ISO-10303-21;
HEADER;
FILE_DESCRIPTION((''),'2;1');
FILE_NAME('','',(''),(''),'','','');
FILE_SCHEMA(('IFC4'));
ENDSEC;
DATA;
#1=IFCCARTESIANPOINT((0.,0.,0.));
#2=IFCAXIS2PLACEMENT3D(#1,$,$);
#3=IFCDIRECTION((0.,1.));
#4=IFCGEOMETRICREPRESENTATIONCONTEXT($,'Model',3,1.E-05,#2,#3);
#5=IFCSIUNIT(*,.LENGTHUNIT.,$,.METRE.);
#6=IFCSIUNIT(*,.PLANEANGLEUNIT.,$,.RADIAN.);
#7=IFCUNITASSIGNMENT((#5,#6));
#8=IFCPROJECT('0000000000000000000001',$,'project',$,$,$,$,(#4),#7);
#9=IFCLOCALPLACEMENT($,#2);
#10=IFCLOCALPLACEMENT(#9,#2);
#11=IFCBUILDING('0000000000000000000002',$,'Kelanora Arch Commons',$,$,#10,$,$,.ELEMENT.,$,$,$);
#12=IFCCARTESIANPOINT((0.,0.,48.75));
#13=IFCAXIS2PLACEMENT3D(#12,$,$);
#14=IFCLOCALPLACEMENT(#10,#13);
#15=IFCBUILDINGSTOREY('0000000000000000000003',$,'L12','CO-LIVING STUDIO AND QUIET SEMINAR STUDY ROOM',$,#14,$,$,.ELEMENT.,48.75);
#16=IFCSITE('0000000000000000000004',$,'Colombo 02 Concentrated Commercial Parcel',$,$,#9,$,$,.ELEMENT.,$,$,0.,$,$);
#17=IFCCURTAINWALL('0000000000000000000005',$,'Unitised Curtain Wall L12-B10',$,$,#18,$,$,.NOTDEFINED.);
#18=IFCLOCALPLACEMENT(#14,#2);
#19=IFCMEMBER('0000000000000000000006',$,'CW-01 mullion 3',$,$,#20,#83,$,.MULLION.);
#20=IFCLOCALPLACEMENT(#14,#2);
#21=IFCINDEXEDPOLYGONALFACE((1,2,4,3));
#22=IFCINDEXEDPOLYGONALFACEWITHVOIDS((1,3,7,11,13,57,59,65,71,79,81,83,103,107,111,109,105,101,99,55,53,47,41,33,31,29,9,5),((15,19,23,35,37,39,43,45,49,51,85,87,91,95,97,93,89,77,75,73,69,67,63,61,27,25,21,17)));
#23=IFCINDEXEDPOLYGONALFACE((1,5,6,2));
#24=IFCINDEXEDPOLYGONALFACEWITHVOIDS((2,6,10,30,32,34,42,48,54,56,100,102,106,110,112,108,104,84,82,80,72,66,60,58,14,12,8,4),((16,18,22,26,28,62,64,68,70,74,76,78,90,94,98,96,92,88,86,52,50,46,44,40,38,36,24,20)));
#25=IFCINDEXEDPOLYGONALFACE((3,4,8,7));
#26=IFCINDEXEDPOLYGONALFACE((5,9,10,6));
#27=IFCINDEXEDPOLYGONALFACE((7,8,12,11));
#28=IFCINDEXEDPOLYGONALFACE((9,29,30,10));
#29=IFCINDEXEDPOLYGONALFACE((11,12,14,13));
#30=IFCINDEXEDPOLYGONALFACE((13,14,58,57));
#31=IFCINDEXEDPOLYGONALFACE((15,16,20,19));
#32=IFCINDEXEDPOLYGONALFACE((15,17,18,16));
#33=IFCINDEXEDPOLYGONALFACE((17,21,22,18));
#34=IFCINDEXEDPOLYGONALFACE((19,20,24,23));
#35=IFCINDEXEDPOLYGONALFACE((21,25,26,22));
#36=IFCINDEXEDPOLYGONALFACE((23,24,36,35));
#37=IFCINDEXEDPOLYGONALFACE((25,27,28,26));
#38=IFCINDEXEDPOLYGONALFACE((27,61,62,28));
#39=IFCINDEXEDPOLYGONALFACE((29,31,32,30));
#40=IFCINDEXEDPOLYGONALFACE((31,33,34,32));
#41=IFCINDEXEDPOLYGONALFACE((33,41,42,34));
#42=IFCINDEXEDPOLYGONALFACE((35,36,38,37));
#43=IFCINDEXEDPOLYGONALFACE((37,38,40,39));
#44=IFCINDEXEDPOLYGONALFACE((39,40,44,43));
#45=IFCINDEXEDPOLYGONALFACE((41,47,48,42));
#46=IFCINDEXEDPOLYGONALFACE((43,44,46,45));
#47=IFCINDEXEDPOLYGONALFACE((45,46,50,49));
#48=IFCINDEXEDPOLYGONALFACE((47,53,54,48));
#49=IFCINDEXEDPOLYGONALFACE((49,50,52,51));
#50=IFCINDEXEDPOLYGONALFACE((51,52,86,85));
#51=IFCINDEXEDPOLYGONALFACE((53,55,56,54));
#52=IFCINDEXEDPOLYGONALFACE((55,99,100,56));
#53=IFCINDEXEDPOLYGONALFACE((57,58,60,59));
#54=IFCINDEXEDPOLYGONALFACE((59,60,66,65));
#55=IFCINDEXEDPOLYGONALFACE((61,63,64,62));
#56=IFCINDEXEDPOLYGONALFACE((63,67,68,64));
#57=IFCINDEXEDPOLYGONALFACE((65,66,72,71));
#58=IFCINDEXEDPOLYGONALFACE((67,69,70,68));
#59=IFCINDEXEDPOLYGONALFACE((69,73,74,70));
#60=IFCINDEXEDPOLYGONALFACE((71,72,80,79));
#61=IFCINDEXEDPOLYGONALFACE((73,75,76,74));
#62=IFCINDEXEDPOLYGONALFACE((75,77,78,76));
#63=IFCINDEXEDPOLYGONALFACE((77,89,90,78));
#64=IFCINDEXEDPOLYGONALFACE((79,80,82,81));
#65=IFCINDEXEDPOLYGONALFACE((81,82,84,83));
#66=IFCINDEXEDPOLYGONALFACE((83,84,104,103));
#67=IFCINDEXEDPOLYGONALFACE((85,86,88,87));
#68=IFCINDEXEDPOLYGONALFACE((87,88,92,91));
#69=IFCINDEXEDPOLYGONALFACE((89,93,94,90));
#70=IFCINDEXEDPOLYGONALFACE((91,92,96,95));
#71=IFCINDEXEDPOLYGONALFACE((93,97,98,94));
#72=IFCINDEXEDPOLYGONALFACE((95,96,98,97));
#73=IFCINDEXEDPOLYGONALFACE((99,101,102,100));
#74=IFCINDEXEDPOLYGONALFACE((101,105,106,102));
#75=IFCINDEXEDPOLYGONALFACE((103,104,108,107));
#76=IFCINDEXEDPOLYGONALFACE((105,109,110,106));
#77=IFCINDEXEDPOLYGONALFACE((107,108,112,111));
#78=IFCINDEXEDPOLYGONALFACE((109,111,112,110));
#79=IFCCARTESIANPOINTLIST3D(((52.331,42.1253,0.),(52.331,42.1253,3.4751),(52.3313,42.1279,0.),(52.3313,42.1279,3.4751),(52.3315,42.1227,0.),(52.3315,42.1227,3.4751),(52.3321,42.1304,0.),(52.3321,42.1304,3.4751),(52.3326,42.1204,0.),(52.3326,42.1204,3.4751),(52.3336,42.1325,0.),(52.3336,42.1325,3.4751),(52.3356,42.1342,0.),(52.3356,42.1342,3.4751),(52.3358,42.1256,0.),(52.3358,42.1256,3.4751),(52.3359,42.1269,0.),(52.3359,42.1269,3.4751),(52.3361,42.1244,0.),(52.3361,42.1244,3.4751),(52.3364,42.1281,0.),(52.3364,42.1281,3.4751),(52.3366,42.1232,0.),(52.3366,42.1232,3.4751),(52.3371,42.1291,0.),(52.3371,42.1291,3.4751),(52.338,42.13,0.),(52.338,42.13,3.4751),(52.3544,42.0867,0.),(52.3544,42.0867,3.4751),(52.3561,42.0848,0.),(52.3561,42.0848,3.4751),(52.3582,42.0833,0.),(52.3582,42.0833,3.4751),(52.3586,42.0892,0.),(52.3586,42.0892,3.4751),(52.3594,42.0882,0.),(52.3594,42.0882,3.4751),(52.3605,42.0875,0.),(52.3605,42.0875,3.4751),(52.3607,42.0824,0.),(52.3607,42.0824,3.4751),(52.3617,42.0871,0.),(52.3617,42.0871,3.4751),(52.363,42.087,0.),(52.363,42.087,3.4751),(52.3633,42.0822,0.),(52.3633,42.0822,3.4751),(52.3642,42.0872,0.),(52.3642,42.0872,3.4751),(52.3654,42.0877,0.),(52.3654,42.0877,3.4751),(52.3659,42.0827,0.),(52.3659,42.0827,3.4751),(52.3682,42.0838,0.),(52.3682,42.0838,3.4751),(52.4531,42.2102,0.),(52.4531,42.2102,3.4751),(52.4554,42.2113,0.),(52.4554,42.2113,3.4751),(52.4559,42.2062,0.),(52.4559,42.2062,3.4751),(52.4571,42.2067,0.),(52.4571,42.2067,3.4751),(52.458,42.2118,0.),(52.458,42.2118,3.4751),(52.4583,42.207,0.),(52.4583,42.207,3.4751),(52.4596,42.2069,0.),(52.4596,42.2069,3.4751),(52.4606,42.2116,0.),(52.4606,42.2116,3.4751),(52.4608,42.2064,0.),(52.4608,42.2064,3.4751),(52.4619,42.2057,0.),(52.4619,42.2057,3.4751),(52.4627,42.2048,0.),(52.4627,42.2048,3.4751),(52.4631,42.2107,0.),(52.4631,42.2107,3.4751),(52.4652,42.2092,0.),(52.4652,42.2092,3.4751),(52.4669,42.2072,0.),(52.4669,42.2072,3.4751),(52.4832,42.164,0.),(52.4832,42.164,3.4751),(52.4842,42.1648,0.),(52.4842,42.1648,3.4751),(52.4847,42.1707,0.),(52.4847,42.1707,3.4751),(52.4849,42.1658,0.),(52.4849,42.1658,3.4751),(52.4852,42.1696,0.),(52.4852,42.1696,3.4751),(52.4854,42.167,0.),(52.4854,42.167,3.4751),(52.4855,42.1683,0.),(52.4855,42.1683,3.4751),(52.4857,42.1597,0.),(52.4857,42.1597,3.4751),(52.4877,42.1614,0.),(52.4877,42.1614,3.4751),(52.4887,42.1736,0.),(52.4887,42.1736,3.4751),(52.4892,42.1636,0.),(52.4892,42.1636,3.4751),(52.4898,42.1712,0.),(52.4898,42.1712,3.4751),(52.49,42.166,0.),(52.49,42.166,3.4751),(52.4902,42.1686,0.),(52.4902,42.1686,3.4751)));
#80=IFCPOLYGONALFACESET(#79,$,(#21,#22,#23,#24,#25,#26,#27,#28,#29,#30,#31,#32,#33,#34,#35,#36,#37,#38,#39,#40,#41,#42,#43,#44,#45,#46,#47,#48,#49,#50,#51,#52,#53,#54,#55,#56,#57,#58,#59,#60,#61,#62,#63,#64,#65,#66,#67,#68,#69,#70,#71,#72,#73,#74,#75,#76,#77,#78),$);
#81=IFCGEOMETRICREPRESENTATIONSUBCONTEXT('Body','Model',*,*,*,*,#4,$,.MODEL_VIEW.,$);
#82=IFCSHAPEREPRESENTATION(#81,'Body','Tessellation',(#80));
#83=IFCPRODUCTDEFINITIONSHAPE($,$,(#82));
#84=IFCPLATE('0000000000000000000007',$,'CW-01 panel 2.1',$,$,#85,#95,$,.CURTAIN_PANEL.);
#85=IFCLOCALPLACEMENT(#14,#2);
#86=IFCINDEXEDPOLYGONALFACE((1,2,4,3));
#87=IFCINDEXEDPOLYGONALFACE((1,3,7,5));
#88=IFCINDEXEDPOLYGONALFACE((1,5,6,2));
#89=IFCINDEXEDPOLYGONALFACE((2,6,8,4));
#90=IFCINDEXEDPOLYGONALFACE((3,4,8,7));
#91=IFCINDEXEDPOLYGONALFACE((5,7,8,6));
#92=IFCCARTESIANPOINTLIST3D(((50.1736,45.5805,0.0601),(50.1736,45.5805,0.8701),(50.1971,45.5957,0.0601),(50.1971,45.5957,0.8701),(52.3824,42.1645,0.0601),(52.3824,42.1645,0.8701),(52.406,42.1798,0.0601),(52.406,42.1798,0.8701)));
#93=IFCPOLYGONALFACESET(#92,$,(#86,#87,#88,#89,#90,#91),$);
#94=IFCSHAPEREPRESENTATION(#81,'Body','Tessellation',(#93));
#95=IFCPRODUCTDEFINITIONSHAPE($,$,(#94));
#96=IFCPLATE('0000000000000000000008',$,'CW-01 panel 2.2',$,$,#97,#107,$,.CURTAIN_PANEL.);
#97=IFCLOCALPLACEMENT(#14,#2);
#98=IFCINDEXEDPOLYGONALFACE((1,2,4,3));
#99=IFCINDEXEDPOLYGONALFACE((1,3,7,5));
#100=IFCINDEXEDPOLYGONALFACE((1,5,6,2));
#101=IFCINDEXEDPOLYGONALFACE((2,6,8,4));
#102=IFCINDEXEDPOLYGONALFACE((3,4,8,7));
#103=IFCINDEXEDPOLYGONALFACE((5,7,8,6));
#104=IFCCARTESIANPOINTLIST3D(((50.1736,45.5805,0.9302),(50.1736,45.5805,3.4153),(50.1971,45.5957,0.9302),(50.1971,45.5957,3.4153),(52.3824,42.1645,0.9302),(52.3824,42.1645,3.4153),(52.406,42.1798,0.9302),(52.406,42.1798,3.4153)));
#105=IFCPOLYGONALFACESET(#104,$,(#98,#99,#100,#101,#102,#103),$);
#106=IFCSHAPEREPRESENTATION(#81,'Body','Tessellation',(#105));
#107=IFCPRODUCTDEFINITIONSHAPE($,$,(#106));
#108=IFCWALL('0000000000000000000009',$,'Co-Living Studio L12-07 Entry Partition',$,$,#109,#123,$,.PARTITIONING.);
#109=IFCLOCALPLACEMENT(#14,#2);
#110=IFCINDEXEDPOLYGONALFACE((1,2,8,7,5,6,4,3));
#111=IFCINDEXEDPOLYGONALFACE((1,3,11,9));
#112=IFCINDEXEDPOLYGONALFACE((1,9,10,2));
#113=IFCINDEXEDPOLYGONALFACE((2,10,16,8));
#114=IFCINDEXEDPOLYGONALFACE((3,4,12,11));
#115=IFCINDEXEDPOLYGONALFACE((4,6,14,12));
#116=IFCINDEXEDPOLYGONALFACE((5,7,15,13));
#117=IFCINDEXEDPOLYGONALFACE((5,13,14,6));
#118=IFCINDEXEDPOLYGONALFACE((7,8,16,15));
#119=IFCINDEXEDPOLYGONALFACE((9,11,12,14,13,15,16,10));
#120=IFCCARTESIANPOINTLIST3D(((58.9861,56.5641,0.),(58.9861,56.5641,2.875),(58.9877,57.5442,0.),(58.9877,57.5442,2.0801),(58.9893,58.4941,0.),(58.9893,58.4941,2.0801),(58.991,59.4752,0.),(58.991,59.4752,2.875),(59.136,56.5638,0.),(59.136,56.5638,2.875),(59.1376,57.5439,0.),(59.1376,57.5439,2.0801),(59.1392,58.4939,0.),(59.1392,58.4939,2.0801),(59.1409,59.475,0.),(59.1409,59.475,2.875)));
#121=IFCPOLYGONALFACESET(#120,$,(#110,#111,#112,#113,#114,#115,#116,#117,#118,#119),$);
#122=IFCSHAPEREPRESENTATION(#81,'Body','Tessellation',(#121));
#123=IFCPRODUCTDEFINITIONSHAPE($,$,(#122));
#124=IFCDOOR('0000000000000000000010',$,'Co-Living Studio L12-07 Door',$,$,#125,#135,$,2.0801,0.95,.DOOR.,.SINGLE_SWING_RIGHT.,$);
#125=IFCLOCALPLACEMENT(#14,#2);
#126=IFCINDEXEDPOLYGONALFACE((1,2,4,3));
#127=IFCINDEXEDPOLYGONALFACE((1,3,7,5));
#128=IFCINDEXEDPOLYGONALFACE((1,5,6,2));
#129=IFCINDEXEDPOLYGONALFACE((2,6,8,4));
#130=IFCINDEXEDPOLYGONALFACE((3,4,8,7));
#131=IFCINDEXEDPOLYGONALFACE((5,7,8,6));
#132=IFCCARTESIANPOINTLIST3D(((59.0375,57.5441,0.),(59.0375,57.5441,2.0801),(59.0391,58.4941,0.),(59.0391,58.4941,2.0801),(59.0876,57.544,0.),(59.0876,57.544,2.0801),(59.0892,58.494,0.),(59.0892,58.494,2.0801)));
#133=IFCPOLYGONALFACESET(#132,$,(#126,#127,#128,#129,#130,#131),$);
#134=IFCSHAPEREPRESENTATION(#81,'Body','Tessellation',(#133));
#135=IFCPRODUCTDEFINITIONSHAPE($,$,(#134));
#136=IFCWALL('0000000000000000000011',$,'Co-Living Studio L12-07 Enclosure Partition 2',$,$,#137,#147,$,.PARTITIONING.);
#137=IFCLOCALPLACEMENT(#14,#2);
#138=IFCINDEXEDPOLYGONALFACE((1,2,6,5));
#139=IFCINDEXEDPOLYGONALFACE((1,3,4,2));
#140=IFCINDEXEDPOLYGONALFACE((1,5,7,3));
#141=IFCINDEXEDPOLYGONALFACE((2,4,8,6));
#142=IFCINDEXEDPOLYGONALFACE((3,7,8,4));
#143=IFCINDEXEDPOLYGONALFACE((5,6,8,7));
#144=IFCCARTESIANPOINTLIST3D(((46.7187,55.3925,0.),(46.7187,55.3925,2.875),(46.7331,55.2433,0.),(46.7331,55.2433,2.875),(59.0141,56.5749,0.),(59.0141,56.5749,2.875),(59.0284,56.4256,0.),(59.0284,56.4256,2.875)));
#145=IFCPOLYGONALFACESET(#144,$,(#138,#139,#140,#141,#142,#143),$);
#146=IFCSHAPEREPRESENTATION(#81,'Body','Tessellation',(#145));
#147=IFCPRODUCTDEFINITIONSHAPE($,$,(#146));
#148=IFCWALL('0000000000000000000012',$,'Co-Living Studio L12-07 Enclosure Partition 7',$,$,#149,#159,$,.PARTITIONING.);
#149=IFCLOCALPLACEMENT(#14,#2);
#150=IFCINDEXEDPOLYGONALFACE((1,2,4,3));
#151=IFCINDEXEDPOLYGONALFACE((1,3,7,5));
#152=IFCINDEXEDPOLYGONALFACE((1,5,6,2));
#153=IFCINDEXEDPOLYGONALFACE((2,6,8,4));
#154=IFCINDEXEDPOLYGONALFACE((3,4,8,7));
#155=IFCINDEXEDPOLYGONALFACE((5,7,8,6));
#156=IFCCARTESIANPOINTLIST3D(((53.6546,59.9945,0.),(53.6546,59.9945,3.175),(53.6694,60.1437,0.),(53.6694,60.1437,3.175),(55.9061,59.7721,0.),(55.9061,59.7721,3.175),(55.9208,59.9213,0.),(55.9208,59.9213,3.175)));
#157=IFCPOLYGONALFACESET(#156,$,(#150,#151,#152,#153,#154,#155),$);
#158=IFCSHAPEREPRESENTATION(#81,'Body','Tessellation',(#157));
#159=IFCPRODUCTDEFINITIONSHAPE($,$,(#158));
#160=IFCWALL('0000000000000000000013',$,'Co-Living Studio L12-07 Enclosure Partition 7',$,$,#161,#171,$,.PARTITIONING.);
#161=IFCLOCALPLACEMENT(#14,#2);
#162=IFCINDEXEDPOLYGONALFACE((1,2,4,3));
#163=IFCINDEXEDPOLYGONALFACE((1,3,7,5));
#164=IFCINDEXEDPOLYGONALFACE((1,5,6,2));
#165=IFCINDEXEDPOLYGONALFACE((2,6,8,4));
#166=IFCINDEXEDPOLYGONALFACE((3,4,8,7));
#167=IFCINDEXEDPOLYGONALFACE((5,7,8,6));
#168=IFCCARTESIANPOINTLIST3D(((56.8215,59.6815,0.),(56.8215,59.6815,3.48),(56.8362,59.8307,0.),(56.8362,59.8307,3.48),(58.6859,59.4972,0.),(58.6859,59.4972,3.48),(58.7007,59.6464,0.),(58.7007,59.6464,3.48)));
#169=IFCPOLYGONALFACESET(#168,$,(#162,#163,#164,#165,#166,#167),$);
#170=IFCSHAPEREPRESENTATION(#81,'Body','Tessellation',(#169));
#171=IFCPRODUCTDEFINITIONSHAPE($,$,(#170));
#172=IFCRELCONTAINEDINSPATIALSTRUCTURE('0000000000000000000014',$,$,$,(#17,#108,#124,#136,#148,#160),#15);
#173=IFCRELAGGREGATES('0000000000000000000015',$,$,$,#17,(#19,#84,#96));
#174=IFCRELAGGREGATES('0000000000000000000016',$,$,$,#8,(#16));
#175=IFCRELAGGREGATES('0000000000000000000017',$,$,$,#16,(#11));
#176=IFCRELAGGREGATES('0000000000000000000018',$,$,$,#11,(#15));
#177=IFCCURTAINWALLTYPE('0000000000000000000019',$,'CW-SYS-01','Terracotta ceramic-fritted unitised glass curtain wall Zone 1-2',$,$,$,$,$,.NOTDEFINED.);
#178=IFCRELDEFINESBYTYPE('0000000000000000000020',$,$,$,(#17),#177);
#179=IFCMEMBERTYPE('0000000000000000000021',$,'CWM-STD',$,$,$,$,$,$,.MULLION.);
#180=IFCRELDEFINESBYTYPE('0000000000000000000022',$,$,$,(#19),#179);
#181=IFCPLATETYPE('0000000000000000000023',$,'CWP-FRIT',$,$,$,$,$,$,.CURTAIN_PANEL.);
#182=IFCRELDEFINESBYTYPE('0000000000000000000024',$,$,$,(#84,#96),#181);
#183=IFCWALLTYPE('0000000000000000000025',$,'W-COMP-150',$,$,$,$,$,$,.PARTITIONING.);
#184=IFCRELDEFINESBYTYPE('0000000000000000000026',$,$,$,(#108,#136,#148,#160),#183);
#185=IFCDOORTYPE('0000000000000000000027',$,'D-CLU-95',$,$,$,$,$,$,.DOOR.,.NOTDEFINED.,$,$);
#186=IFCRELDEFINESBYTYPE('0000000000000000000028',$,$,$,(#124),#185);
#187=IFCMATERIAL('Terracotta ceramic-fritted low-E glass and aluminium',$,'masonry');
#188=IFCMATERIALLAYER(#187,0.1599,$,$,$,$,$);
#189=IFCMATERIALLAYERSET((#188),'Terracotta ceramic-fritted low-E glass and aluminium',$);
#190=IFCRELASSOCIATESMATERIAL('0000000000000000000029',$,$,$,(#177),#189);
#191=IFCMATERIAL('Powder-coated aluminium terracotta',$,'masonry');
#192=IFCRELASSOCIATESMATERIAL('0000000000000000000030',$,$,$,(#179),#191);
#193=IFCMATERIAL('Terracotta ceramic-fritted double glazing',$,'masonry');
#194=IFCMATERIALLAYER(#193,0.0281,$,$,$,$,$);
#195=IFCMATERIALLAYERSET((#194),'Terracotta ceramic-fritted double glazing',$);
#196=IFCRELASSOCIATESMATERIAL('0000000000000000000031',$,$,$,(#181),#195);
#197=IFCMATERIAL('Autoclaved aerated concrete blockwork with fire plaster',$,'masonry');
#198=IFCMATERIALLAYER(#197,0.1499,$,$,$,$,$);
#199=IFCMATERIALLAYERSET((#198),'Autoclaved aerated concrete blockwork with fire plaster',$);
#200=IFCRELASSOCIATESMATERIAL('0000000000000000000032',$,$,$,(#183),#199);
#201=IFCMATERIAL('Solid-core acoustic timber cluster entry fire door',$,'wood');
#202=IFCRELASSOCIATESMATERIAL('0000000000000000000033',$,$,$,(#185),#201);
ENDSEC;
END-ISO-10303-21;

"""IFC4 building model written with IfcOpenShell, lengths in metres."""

from ifc_helpers import new_model, si_unit, direction, frame, frame_2d, origin, origin_2d, place, context, subcontext, project, spatial, rectangle, hollow_rectangle, extrude, source, transform, mapped, material, layer, layer_set, material_profile, profile_set, type_object, element, fill, aggregate, save


model = new_model("IFC4")

# Units and contexts
model_context = context("Model", 3, precision=1e-05, world=origin(), true_north=direction((0.0, 1.0)))
body_context = subcontext(model_context, "Body", "Model", "MODEL_VIEW")
ifc_project = project(units=[si_unit("LENGTHUNIT", "METRE"), si_unit("PLANEANGLEUNIT", "RADIAN")], contexts=[model_context])

# Site, building, storey
site_placement = place(None, origin())
site = spatial("IfcSite", under=ifc_project, at=site_placement, Name="Colombo 02 Concentrated Commercial Parcel", CompositionType="ELEMENT", RefElevation=0.0)
building_placement = place(site_placement, origin())
building = spatial("IfcBuilding", under=site, at=building_placement, Name="Kelanora Arch Commons", CompositionType="ELEMENT")
storey_placement = place(building_placement, frame((0.0, 0.0, 48.75)))
storey = spatial("IfcBuildingStorey", under=building, at=storey_placement, Name="L12", Description="CO-LIVING STUDIO AND QUIET SEMINAR STUDY ROOM", CompositionType="ELEMENT", Elevation=48.75)

# Curtain wall, member, plates
ifc_material_1 = material(Name="Terracotta ceramic-fritted low-E glass and aluminium", Category="masonry")
ifc_layer_1 = layer(ifc_material_1, 0.1599)
ifc_layer_set_1 = layer_set([ifc_layer_1], Name="Terracotta ceramic-fritted low-E glass and aluminium")
curtain_wall_type = type_object("IfcCurtainWallType", Name="CW-SYS-01", Description="Terracotta ceramic-fritted unitised glass curtain wall Zone 1-2", PredefinedType="NOTDEFINED", material=ifc_layer_set_1)
curtain_wall_placement = place(storey_placement, origin())
curtain_wall = element("IfcCurtainWall", 1, at=curtain_wall_placement, inside=storey, type_object=curtain_wall_type, Name="Unitised Curtain Wall L12-B10", PredefinedType="NOTDEFINED")
ifc_material_2 = material(Name="Powder-coated aluminium terracotta", Category="masonry")
ifc_material_profile_1 = material_profile(ifc_material_2, hollow_rectangle(XDim=0.1599, YDim=0.0601, WallThickness=0.0049, InnerFilletRadius=0.0049, OuterFilletRadius=0.01, at=origin_2d()), Name="CWM160x60")
ifc_profile_set_1 = profile_set([ifc_material_profile_1], Name="Powder-coated aluminium terracotta")
member_type = type_object("IfcMemberType", Name="CWM-STD", PredefinedType="MULLION", material=ifc_profile_set_1)
member_placement = place(storey_placement, frame((52.4106, 42.147, 0.0), z_axis=(0.0, 0.0, 1.0), x_axis=(0.83973, 0.543004, 0.0)))
member = element("IfcMember", 2, at=member_placement, type_object=member_type, Name="CW-01 mullion 3", PredefinedType="MULLION", context=body_context, shape_type="SweptSolid", body=[
    extrude(hollow_rectangle(XDim=0.1599, YDim=0.0601, WallThickness=0.0049, InnerFilletRadius=0.0049, OuterFilletRadius=0.01, at=origin_2d()), origin(), (0.0, 0.0, 1.0), 3.4751),
])
ifc_material_3 = material(Name="Terracotta ceramic-fritted double glazing", Category="masonry")
ifc_layer_2 = layer(ifc_material_3, 0.0281)
ifc_layer_set_2 = layer_set([ifc_layer_2], Name="Terracotta ceramic-fritted double glazing")
plate_type = type_object("IfcPlateType", Name="CWP-FRIT", PredefinedType="CURTAIN_PANEL", material=ifc_layer_set_2)
shared_shape_1 = source(origin(), body_context, "Body", "SweptSolid", [
    extrude(rectangle(XDim=4.0679, YDim=0.0281, at=origin_2d()), origin(), (0.0, 0.0, 1.0), 0.8101),
])
plate_1_placement = place(storey_placement, frame((51.2898, 43.8801, 0.0601), z_axis=(0.0, 0.0, 1.0), x_axis=(0.543004, -0.83973, 0.0)))
plate_1 = element("IfcPlate", 3, at=plate_1_placement, type_object=plate_type, Name="CW-01 panel 2.1", PredefinedType="CURTAIN_PANEL", context=body_context, shape_type="MappedRepresentation", body=[
    mapped(shared_shape_1, transform((0.0, 0.0, 0.0), scale=1.0)),
])
shared_shape_2 = source(origin(), body_context, "Body", "SweptSolid", [
    extrude(rectangle(XDim=4.0679, YDim=0.0281, at=origin_2d()), origin(), (0.0, 0.0, 1.0), 2.4851),
])
plate_2_placement = place(storey_placement, frame((51.2898, 43.8801, 0.9302), z_axis=(0.0, 0.0, 1.0), x_axis=(0.543004, -0.83973, 0.0)))
plate_2 = element("IfcPlate", 4, at=plate_2_placement, type_object=plate_type, Name="CW-01 panel 2.2", PredefinedType="CURTAIN_PANEL", context=body_context, shape_type="MappedRepresentation", body=[
    mapped(shared_shape_2, transform((0.0, 0.0, 0.0), scale=1.0)),
])
aggregate(curtain_wall, [member, plate_1, plate_2])

# Wall, opening, door
ifc_material_4 = material(Name="Autoclaved aerated concrete blockwork with fire plaster", Category="masonry")
ifc_layer_3 = layer(ifc_material_4, 0.1499)
ifc_layer_set_3 = layer_set([ifc_layer_3], Name="Autoclaved aerated concrete blockwork with fire plaster")
wall_type_1 = type_object("IfcWallType", Name="W-COMP-150", PredefinedType="PARTITIONING", material=ifc_layer_set_3)
wall_1_placement = place(storey_placement, frame((59.0659, 59.4751, 0.0), z_axis=(0.0, 0.0, 1.0), x_axis=(-0.001677, -0.999999, 0.0)))
wall_1 = element("IfcWall", 5, at=wall_1_placement, inside=storey, type_object=wall_type_1, Name="Co-Living Studio L12-07 Entry Partition", PredefinedType="PARTITIONING", context=body_context, shape_type="SweptSolid", body=[
    extrude(rectangle(XDim=2.9111, YDim=0.1499, at=frame_2d((1.4556, 0.0))), origin(), (0.0, 0.0, 1.0), 2.875),
])
opening_1_placement = place(wall_1_placement, frame((0.981, 0.0, 0.0)))
opening_1 = element("IfcOpeningElement", 6, at=opening_1_placement, cuts=wall_1, PredefinedType="OPENING", context=body_context, shape_type="SweptSolid", body=[
    extrude(rectangle(XDim=0.95, YDim=2.0801, at=frame_2d((0.4751, 1.04))), frame((0.0, 0.085, 0.0), z_axis=(0.0, -1.0, 0.0), x_axis=(1.0, 0.0, 0.0)), (0.0, 0.0, 1.0), 0.1699),
])
ifc_material_5 = material(Name="Solid-core acoustic timber cluster entry fire door", Category="wood")
door_type_1 = type_object("IfcDoorType", Name="D-CLU-95", OperationType="NOTDEFINED", PredefinedType="DOOR", material=ifc_material_5)
door_1_placement = place(opening_1_placement, origin())
door_1 = element("IfcDoor", 7, at=door_1_placement, inside=storey, type_object=door_type_1, Name="Co-Living Studio L12-07 Door", OperationType="SINGLE_SWING_RIGHT", OverallHeight=2.0801, OverallWidth=0.95, PredefinedType="DOOR", context=body_context, shape_type="SweptSolid", body=[
    extrude(rectangle(XDim=0.95, YDim=2.0801, at=frame_2d((0.4751, 1.04))), frame((0.0, 0.0249, 0.0), z_axis=(0.0, -1.0, 0.0), x_axis=(1.0, 0.0, 0.0)), (0.0, 0.0, 1.0), 0.05),
])
fill(opening_1, door_1)

# Walls
wall_2_placement = place(storey_placement, frame((59.0212, 56.5002, 0.0), z_axis=(0.0, 0.0, 1.0), x_axis=(-0.995408, -0.095722, 0.0)))
element("IfcWall", 8, at=wall_2_placement, inside=storey, type_object=wall_type_1, Name="Co-Living Studio L12-07 Enclosure Partition 2", PredefinedType="PARTITIONING", context=body_context, shape_type="SweptSolid", body=[
    extrude(rectangle(XDim=12.3521, YDim=0.1499, at=frame_2d((6.176, 0.0))), origin(), (0.0, 0.0, 1.0), 2.875),
])
wall_3_placement = place(storey_placement, frame((53.6619, 60.0691, 0.0), z_axis=(0.0, 0.0, 1.0), x_axis=(0.995156, -0.098307, 0.0)))
element("IfcWall", 9, at=wall_3_placement, inside=storey, type_object=wall_type_1, Name="Co-Living Studio L12-07 Enclosure Partition 7", PredefinedType="PARTITIONING", context=body_context, shape_type="SweptSolid", body=[
    extrude(rectangle(XDim=2.2625, YDim=0.1499, at=frame_2d((1.1313, 0.0))), origin(), (0.0, 0.0, 1.0), 3.175),
])
wall_4_placement = place(storey_placement, frame((56.8289, 59.7561, 0.0), z_axis=(0.0, 0.0, 1.0), x_axis=(0.995149, -0.098381, 0.0)))
element("IfcWall", 10, at=wall_4_placement, inside=storey, type_object=wall_type_1, Name="Co-Living Studio L12-07 Enclosure Partition 7", PredefinedType="PARTITIONING", context=body_context, shape_type="SweptSolid", body=[
    extrude(rectangle(XDim=1.8735, YDim=0.1499, at=frame_2d((0.9368, 0.0))), origin(), (0.0, 0.0, 1.0), 3.48),
])

save(model, "model.ifc")
